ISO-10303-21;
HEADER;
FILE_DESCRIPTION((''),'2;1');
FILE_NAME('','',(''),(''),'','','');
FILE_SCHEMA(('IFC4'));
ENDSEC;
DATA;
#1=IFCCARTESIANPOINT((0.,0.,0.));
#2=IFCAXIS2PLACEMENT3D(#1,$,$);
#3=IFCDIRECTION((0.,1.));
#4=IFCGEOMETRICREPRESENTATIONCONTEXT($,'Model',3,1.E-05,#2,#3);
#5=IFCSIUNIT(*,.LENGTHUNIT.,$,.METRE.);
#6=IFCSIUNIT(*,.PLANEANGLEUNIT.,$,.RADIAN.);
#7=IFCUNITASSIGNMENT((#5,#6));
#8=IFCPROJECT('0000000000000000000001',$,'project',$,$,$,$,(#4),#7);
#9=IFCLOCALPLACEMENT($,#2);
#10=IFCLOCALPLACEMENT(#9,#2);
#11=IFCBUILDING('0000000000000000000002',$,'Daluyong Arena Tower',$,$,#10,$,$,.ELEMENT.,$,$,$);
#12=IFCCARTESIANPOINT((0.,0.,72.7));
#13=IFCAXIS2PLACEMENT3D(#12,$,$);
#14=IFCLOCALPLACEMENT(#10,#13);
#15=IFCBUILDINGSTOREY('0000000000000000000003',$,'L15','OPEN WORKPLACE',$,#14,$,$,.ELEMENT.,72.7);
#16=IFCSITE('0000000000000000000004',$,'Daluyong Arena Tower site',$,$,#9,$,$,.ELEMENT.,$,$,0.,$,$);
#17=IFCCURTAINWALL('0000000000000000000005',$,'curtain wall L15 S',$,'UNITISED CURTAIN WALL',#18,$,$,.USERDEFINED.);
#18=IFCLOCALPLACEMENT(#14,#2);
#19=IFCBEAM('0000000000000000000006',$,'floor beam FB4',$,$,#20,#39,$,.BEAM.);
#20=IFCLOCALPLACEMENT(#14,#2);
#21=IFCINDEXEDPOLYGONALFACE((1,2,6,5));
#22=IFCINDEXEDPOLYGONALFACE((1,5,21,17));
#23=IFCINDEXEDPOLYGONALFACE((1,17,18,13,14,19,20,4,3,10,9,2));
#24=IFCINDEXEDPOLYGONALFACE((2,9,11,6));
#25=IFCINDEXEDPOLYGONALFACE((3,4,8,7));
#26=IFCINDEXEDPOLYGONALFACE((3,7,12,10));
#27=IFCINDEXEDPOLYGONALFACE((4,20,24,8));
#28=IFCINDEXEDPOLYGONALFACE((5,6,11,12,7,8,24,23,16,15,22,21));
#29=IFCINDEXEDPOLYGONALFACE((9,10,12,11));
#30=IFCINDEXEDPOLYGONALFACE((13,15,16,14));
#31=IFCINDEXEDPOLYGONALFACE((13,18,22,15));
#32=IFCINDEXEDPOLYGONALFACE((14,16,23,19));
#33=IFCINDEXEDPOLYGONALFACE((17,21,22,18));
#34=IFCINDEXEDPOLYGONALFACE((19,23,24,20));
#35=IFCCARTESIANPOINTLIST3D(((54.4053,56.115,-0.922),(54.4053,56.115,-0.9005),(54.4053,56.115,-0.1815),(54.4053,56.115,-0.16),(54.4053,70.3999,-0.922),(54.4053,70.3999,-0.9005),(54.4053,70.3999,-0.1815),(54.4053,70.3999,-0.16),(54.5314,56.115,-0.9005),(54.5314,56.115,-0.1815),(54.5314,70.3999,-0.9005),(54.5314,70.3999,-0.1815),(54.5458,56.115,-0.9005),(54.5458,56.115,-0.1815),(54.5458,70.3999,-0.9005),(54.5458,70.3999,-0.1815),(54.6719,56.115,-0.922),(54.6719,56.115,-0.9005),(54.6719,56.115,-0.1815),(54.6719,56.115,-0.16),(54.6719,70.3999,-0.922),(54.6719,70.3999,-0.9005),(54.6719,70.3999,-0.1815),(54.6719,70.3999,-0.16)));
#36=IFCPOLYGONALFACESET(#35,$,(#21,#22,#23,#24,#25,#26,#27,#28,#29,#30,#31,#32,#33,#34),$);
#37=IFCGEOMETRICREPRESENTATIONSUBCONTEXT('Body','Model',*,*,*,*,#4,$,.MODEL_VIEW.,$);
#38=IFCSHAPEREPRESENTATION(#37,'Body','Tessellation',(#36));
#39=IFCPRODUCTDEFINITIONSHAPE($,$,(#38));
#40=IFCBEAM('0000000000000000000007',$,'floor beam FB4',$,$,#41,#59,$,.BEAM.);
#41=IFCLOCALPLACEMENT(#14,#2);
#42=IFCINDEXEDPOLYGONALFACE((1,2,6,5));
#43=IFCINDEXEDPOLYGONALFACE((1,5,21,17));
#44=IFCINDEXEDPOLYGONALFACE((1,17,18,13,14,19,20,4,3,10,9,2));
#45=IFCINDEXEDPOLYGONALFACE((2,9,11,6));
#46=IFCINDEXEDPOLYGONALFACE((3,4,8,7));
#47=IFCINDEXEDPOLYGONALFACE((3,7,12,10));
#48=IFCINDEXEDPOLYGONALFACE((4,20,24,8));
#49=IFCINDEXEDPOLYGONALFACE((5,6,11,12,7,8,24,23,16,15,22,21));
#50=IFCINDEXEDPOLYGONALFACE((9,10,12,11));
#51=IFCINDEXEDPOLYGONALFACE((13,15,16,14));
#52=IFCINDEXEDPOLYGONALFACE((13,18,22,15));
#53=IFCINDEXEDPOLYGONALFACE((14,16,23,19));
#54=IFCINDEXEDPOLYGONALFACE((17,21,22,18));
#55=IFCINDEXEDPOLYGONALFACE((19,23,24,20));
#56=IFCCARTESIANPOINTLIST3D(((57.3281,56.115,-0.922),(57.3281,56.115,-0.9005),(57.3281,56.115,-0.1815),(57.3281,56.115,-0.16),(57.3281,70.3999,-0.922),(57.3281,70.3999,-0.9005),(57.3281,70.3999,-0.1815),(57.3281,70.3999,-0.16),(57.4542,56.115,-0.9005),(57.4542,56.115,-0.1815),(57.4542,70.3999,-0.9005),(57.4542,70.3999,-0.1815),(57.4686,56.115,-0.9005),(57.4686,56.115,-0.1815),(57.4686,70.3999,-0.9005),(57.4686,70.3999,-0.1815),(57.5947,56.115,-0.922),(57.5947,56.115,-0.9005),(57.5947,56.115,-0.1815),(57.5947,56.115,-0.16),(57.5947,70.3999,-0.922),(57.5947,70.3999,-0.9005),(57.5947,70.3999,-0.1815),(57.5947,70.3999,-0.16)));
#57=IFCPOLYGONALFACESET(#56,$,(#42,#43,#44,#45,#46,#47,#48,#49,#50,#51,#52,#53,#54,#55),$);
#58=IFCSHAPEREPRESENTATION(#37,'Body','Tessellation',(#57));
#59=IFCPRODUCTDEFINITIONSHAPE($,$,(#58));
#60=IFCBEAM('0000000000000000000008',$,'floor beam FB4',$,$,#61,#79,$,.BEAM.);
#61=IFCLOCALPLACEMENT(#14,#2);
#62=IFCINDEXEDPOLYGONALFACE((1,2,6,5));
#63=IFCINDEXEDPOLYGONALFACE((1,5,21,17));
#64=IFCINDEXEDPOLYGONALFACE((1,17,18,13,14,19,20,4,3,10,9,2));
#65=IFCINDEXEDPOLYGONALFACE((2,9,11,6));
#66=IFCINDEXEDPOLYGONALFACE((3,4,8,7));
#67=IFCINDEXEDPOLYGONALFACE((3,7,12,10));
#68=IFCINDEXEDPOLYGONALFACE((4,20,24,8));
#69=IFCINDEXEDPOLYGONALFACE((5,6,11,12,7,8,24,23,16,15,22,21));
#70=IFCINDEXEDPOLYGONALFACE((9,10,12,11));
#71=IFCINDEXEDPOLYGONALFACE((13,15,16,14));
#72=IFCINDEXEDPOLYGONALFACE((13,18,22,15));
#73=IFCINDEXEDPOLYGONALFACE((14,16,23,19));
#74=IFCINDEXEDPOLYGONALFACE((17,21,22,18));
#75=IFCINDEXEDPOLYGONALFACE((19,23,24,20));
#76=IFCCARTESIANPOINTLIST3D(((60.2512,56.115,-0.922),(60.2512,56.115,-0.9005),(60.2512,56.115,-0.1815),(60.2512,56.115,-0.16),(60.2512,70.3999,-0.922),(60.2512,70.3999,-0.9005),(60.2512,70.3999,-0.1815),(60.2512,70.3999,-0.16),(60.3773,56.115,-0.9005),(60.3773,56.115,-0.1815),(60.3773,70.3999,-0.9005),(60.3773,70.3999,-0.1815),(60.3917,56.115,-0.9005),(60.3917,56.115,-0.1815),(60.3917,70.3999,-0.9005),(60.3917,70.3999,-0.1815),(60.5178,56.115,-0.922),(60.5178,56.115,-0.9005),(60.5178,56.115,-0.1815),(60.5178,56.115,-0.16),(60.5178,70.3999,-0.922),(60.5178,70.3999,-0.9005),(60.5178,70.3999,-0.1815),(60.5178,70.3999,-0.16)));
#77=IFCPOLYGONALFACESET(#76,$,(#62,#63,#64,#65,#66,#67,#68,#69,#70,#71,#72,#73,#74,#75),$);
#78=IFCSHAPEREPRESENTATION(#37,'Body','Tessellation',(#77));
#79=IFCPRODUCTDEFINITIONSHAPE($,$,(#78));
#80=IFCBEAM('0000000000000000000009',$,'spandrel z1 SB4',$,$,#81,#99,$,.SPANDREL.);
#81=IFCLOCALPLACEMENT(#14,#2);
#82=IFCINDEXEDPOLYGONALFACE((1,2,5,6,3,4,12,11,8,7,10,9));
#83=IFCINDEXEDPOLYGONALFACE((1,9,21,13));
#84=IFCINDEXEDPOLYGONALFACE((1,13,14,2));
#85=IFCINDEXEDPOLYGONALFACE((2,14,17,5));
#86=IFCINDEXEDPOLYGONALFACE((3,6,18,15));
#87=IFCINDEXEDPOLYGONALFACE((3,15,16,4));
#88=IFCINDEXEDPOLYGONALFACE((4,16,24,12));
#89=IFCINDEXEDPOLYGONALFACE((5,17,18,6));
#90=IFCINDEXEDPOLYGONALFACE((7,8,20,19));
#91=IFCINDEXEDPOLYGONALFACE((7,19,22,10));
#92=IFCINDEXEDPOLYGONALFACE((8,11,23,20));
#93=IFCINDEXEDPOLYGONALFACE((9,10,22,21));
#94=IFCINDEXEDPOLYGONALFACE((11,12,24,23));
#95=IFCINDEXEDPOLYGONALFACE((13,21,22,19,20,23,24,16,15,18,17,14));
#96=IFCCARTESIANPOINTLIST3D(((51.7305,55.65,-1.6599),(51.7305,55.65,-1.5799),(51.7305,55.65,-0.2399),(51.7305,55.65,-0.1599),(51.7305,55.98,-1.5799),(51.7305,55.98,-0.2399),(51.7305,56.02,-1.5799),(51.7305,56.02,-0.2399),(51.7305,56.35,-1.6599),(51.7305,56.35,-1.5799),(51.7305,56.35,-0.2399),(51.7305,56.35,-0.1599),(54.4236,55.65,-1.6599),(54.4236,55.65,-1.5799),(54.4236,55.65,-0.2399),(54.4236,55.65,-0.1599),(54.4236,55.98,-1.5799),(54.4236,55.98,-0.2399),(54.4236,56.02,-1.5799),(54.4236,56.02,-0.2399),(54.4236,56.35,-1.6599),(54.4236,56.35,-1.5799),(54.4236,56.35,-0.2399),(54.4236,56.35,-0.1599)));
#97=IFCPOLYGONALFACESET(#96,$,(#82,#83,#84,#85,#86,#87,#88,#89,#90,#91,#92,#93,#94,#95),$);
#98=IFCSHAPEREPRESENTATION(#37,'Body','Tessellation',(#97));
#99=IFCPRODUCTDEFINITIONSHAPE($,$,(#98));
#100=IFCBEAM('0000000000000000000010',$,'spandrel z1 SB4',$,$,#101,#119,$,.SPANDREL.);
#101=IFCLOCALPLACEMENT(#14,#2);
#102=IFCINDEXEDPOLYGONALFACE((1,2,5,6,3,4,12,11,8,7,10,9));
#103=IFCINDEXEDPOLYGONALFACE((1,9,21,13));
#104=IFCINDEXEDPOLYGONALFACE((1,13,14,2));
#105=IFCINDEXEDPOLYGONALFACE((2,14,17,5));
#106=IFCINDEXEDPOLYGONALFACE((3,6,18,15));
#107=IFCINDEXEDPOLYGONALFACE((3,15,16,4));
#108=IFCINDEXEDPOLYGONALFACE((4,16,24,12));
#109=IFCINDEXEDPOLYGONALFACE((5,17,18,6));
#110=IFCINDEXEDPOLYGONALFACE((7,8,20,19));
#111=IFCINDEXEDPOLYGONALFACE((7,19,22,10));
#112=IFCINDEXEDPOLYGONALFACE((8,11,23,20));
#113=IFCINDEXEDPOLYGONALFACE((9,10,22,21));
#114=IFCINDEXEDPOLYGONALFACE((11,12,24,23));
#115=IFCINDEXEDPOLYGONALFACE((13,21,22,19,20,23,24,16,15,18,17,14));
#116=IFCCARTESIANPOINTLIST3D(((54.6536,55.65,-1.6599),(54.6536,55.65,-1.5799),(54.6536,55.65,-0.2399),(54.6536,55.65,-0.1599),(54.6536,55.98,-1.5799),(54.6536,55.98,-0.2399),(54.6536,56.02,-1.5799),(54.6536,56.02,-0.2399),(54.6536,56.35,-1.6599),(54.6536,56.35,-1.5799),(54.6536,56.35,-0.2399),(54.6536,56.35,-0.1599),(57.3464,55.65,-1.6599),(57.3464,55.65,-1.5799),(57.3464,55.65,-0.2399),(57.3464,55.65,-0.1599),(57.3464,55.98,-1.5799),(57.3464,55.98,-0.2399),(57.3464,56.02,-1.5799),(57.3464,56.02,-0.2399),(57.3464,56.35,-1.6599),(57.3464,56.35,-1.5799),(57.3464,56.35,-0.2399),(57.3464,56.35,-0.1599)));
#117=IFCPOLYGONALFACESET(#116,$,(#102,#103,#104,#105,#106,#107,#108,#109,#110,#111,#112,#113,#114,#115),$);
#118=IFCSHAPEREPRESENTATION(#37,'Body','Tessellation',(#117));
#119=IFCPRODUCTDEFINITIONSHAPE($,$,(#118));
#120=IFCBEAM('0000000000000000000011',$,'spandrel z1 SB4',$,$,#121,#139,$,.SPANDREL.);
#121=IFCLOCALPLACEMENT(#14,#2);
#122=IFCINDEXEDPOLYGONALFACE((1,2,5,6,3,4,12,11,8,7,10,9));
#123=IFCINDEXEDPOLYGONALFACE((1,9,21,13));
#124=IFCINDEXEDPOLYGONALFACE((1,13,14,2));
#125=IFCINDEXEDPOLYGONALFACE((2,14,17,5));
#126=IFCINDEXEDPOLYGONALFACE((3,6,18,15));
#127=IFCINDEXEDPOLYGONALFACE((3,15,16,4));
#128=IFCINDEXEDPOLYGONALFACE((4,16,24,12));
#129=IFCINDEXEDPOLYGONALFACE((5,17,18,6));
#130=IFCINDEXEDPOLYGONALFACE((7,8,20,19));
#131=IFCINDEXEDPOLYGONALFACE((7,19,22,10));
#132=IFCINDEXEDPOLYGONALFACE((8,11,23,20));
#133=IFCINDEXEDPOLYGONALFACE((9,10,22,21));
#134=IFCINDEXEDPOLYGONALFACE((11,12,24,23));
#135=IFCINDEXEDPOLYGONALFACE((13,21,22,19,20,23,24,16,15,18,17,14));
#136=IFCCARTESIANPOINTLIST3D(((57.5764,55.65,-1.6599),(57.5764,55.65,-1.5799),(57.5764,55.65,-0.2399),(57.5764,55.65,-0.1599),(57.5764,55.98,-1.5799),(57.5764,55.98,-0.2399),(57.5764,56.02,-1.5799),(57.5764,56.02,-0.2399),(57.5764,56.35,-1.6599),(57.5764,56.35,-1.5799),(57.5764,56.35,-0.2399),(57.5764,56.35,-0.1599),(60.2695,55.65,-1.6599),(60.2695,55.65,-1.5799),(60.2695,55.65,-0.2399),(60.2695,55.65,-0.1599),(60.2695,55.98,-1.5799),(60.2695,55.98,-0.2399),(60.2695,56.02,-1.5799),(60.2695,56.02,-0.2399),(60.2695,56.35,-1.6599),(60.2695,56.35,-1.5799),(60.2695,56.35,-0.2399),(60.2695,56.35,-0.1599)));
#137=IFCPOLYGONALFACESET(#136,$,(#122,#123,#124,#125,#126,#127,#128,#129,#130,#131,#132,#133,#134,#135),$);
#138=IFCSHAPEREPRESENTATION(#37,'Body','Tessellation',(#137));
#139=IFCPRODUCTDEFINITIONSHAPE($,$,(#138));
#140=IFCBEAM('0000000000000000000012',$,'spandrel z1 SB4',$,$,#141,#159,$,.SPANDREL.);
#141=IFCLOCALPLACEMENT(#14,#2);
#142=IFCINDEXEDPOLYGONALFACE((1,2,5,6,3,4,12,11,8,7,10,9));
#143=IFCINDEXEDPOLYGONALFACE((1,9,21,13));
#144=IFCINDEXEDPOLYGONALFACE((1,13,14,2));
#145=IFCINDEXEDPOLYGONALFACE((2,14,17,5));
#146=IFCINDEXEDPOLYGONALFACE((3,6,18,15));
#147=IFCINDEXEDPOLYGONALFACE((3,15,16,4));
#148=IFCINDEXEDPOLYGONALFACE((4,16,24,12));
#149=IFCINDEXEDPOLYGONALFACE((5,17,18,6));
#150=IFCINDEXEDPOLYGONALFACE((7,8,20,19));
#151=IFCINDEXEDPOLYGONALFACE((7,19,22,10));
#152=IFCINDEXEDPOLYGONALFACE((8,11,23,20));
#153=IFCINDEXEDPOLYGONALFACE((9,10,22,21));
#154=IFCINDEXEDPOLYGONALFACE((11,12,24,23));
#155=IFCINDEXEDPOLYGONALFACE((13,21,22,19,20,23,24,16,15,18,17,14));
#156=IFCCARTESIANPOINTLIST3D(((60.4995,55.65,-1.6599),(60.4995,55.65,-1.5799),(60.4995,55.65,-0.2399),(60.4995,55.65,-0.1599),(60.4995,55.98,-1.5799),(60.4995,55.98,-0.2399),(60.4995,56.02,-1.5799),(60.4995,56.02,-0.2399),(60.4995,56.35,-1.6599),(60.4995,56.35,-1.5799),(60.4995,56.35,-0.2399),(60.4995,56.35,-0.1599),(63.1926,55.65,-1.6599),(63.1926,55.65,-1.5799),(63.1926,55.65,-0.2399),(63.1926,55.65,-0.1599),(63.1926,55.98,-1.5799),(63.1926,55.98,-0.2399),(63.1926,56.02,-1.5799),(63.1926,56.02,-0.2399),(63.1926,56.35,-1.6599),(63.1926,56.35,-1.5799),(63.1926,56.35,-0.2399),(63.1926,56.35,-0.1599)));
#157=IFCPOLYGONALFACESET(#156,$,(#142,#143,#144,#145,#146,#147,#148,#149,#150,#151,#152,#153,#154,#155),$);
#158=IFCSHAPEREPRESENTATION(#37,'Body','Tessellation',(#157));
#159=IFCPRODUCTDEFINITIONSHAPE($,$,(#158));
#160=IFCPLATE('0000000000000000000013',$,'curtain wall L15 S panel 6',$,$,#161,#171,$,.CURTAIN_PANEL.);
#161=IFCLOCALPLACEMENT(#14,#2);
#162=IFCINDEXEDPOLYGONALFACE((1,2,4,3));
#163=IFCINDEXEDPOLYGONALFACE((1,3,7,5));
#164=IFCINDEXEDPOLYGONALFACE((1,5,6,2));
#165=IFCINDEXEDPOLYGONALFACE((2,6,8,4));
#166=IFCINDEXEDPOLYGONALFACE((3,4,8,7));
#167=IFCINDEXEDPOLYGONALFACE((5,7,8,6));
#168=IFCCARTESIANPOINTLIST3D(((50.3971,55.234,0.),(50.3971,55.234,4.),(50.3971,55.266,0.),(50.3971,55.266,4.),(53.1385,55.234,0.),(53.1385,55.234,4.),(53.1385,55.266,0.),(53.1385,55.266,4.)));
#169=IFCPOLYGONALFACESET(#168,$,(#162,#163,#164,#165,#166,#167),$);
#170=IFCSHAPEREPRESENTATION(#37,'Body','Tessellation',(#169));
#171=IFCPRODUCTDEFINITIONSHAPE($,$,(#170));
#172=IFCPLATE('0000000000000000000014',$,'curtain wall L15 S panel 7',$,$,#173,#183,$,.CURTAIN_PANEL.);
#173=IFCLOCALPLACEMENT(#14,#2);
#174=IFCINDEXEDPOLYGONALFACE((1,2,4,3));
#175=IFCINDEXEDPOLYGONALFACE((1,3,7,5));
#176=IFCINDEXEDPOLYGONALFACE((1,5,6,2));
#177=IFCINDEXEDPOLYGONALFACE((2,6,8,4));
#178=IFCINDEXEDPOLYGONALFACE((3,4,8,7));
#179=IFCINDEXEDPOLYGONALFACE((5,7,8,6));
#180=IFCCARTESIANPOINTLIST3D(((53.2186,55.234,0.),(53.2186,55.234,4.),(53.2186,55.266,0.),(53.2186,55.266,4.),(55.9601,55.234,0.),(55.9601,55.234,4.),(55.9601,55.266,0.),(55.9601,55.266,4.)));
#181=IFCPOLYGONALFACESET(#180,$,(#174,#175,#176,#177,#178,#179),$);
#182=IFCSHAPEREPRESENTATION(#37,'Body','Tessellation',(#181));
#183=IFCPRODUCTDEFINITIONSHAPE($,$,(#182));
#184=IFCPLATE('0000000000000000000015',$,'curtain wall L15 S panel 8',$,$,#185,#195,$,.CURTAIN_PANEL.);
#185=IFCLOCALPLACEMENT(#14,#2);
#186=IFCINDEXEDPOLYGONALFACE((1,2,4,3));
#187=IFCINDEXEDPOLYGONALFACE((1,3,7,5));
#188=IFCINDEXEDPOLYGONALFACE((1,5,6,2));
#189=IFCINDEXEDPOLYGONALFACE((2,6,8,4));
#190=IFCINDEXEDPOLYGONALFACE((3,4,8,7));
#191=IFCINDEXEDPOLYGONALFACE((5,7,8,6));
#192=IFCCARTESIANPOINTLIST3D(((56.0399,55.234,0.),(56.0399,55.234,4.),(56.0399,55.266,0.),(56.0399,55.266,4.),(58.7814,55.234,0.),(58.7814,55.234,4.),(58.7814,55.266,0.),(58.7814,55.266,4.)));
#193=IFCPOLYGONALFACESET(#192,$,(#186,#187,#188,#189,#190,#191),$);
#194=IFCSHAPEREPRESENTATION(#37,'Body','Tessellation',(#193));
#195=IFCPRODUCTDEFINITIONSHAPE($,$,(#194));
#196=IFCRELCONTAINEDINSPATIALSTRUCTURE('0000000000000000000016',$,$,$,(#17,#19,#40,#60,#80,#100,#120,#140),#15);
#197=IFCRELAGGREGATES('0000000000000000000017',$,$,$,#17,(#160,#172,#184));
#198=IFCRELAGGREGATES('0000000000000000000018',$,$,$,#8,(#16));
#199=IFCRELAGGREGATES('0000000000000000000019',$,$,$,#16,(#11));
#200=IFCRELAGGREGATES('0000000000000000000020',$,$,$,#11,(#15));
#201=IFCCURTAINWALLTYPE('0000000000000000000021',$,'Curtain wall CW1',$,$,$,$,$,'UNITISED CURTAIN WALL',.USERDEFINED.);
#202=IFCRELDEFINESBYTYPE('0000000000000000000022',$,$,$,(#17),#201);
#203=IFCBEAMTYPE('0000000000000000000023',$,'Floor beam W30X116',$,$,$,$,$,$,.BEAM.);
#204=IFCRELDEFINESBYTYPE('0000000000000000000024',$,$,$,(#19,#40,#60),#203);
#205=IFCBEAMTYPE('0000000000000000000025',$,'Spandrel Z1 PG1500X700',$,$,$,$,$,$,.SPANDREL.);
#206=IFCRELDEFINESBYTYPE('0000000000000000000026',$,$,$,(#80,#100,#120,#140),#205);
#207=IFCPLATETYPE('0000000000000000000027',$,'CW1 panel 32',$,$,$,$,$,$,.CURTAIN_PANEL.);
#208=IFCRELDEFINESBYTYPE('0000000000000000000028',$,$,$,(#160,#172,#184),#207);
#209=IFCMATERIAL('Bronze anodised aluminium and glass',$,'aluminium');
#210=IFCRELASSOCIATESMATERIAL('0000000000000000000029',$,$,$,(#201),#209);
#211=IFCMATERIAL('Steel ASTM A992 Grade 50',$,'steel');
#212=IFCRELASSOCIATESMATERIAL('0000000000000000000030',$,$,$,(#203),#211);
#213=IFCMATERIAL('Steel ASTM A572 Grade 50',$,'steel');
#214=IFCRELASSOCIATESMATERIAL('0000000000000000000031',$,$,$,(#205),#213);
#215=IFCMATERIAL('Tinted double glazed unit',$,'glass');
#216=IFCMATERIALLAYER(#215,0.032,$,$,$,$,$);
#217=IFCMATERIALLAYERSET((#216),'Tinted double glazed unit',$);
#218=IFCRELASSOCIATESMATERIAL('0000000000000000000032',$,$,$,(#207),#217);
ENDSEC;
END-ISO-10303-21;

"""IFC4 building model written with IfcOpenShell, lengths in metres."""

from ifc_helpers import new_model, si_unit, direction, frame, origin, origin_2d, place, context, subcontext, project, spatial, rectangle, i_section, extrude, material, layer, layer_set, material_profile, profile_set, type_object, element, aggregate, save


model = new_model("IFC4")

# Units and contexts
model_context = context("Model", 3, precision=1e-05, world=origin(), true_north=direction((0.0, 1.0)))
body_context = subcontext(model_context, "Body", "Model", "MODEL_VIEW")
ifc_project = project(units=[si_unit("LENGTHUNIT", "METRE"), si_unit("PLANEANGLEUNIT", "RADIAN")], contexts=[model_context])

# Site, building, storey
site_placement = place(None, origin())
site = spatial("IfcSite", under=ifc_project, at=site_placement, Name="Daluyong Arena Tower site", CompositionType="ELEMENT", RefElevation=0.0)
building_placement = place(site_placement, origin())
building = spatial("IfcBuilding", under=site, at=building_placement, Name="Daluyong Arena Tower", CompositionType="ELEMENT")
storey_placement = place(building_placement, frame((0.0, 0.0, 72.7)))
storey = spatial("IfcBuildingStorey", under=building, at=storey_placement, Name="L15", Description="OPEN WORKPLACE", CompositionType="ELEMENT", Elevation=72.7)

# Curtain wall
ifc_material_1 = material(Name="Bronze anodised aluminium and glass", Category="aluminium")
curtain_wall_type = type_object("IfcCurtainWallType", Name="Curtain wall CW1", ElementType="UNITISED CURTAIN WALL", PredefinedType="USERDEFINED", material=ifc_material_1)
curtain_wall_placement = place(storey_placement, origin())
curtain_wall = element("IfcCurtainWall", 1, at=curtain_wall_placement, inside=storey, type_object=curtain_wall_type, Name="curtain wall L15 S", ObjectType="UNITISED CURTAIN WALL", PredefinedType="USERDEFINED")

# Beams
ifc_material_2 = material(Name="Steel ASTM A992 Grade 50", Category="steel")
ifc_material_profile_1 = material_profile(ifc_material_2, i_section(OverallWidth=0.2666, OverallDepth=0.762, WebThickness=0.0144, FlangeThickness=0.0215, at=origin_2d()))
ifc_profile_set_1 = profile_set([ifc_material_profile_1], Name="Steel ASTM A992 Grade 50")
beam_type_1 = type_object("IfcBeamType", Name="Floor beam W30X116", PredefinedType="BEAM", material=ifc_profile_set_1)
for number, where, z_axis, x_axis, name in (
    (2, (54.5386, 56.115, -0.541), (0.0, 1.0, 0.0), (-1.0, 0.0, 0.0), "floor beam FB4"),
    (3, (57.4614, 56.115, -0.541), (0.0, 1.0, 0.0), (-1.0, 0.0, 0.0), "floor beam FB4"),
    (4, (60.3845, 56.115, -0.541), (0.0, 1.0, 0.0), (-1.0, 0.0, 0.0), "floor beam FB4"),
):
    element("IfcBeam", number, at=place(storey_placement, frame(where, z_axis=z_axis, x_axis=x_axis)), inside=storey, type_object=beam_type_1, Name=name, PredefinedType="BEAM", context=body_context, shape_type="SweptSolid", body=[
        extrude(i_section(OverallWidth=0.2666, OverallDepth=0.762, WebThickness=0.0144, FlangeThickness=0.0215, at=origin_2d()), origin(), (0.0, 0.0, 1.0), 14.2849),
    ])
ifc_material_3 = material(Name="Steel ASTM A572 Grade 50", Category="steel")
ifc_material_profile_2 = material_profile(ifc_material_3, i_section(OverallWidth=0.7, OverallDepth=1.5, WebThickness=0.04, FlangeThickness=0.08, at=origin_2d()))
ifc_profile_set_2 = profile_set([ifc_material_profile_2], Name="Steel ASTM A572 Grade 50")
beam_type_2 = type_object("IfcBeamType", Name="Spandrel Z1 PG1500X700", PredefinedType="SPANDREL", material=ifc_profile_set_2)
beam_1_placement = place(storey_placement, frame((51.7305, 56.0, -0.9099), z_axis=(1.0, 0.0, 0.0), x_axis=(0.0, 1.0, 0.0)))
element("IfcBeam", 5, at=beam_1_placement, inside=storey, type_object=beam_type_2, Name="spandrel z1 SB4", PredefinedType="SPANDREL", context=body_context, shape_type="SweptSolid", body=[
    extrude(i_section(OverallWidth=0.7, OverallDepth=1.5, WebThickness=0.04, FlangeThickness=0.08, at=origin_2d()), origin(), (0.0, 0.0, 1.0), 2.6931),
])
beam_2_placement = place(storey_placement, frame((54.6536, 56.0, -0.9099), z_axis=(1.0, 0.0, 0.0), x_axis=(0.0, 1.0, 0.0)))
element("IfcBeam", 6, at=beam_2_placement, inside=storey, type_object=beam_type_2, Name="spandrel z1 SB4", PredefinedType="SPANDREL", context=body_context, shape_type="SweptSolid", body=[
    extrude(i_section(OverallWidth=0.7, OverallDepth=1.5, WebThickness=0.04, FlangeThickness=0.08, at=origin_2d()), origin(), (0.0, 0.0, 1.0), 2.6929),
])
for number, where, z_axis, x_axis, name in (
    (7, (57.5764, 56.0, -0.9099), (1.0, 0.0, 0.0), (0.0, 1.0, 0.0), "spandrel z1 SB4"),
    (8, (60.4995, 56.0, -0.9099), (1.0, 0.0, 0.0), (0.0, 1.0, 0.0), "spandrel z1 SB4"),
):
    element("IfcBeam", number, at=place(storey_placement, frame(where, z_axis=z_axis, x_axis=x_axis)), inside=storey, type_object=beam_type_2, Name=name, PredefinedType="SPANDREL", context=body_context, shape_type="SweptSolid", body=[
        extrude(i_section(OverallWidth=0.7, OverallDepth=1.5, WebThickness=0.04, FlangeThickness=0.08, at=origin_2d()), origin(), (0.0, 0.0, 1.0), 2.6931),
    ])

# Plates
ifc_material_4 = material(Name="Tinted double glazed unit", Category="glass")
ifc_layer_1 = layer(ifc_material_4, 0.032)
ifc_layer_set_1 = layer_set([ifc_layer_1], Name="Tinted double glazed unit")
plate_type = type_object("IfcPlateType", Name="CW1 panel 32", PredefinedType="CURTAIN_PANEL", material=ifc_layer_set_1)
plate_1_placement = place(storey_placement, frame((51.7678, 55.25, 0.0), z_axis=(0.0, 0.0, 1.0), x_axis=(1.0, 0.0, 0.0)))
plate_1 = element("IfcPlate", 9, at=plate_1_placement, type_object=plate_type, Name="curtain wall L15 S panel 6", PredefinedType="CURTAIN_PANEL", context=body_context, shape_type="SweptSolid", body=[
    extrude(rectangle(XDim=2.7415, YDim=0.032, at=origin_2d()), origin(), (0.0, 0.0, 1.0), 4.0),
])
plate_2_placement = place(storey_placement, frame((54.5894, 55.25, 0.0), z_axis=(0.0, 0.0, 1.0), x_axis=(1.0, 0.0, 0.0)))
plate_2 = element("IfcPlate", 10, at=plate_2_placement, type_object=plate_type, Name="curtain wall L15 S panel 7", PredefinedType="CURTAIN_PANEL", context=body_context, shape_type="SweptSolid", body=[
    extrude(rectangle(XDim=2.7415, YDim=0.032, at=origin_2d()), origin(), (0.0, 0.0, 1.0), 4.0),
])
plate_3_placement = place(storey_placement, frame((57.4106, 55.25, 0.0), z_axis=(0.0, 0.0, 1.0), x_axis=(1.0, 0.0, 0.0)))
plate_3 = element("IfcPlate", 11, at=plate_3_placement, type_object=plate_type, Name="curtain wall L15 S panel 8", PredefinedType="CURTAIN_PANEL", context=body_context, shape_type="SweptSolid", body=[
    extrude(rectangle(XDim=2.7415, YDim=0.032, at=origin_2d()), origin(), (0.0, 0.0, 1.0), 4.0),
])
aggregate(curtain_wall, [plate_1, plate_2, plate_3])

save(model, "model.ifc")
